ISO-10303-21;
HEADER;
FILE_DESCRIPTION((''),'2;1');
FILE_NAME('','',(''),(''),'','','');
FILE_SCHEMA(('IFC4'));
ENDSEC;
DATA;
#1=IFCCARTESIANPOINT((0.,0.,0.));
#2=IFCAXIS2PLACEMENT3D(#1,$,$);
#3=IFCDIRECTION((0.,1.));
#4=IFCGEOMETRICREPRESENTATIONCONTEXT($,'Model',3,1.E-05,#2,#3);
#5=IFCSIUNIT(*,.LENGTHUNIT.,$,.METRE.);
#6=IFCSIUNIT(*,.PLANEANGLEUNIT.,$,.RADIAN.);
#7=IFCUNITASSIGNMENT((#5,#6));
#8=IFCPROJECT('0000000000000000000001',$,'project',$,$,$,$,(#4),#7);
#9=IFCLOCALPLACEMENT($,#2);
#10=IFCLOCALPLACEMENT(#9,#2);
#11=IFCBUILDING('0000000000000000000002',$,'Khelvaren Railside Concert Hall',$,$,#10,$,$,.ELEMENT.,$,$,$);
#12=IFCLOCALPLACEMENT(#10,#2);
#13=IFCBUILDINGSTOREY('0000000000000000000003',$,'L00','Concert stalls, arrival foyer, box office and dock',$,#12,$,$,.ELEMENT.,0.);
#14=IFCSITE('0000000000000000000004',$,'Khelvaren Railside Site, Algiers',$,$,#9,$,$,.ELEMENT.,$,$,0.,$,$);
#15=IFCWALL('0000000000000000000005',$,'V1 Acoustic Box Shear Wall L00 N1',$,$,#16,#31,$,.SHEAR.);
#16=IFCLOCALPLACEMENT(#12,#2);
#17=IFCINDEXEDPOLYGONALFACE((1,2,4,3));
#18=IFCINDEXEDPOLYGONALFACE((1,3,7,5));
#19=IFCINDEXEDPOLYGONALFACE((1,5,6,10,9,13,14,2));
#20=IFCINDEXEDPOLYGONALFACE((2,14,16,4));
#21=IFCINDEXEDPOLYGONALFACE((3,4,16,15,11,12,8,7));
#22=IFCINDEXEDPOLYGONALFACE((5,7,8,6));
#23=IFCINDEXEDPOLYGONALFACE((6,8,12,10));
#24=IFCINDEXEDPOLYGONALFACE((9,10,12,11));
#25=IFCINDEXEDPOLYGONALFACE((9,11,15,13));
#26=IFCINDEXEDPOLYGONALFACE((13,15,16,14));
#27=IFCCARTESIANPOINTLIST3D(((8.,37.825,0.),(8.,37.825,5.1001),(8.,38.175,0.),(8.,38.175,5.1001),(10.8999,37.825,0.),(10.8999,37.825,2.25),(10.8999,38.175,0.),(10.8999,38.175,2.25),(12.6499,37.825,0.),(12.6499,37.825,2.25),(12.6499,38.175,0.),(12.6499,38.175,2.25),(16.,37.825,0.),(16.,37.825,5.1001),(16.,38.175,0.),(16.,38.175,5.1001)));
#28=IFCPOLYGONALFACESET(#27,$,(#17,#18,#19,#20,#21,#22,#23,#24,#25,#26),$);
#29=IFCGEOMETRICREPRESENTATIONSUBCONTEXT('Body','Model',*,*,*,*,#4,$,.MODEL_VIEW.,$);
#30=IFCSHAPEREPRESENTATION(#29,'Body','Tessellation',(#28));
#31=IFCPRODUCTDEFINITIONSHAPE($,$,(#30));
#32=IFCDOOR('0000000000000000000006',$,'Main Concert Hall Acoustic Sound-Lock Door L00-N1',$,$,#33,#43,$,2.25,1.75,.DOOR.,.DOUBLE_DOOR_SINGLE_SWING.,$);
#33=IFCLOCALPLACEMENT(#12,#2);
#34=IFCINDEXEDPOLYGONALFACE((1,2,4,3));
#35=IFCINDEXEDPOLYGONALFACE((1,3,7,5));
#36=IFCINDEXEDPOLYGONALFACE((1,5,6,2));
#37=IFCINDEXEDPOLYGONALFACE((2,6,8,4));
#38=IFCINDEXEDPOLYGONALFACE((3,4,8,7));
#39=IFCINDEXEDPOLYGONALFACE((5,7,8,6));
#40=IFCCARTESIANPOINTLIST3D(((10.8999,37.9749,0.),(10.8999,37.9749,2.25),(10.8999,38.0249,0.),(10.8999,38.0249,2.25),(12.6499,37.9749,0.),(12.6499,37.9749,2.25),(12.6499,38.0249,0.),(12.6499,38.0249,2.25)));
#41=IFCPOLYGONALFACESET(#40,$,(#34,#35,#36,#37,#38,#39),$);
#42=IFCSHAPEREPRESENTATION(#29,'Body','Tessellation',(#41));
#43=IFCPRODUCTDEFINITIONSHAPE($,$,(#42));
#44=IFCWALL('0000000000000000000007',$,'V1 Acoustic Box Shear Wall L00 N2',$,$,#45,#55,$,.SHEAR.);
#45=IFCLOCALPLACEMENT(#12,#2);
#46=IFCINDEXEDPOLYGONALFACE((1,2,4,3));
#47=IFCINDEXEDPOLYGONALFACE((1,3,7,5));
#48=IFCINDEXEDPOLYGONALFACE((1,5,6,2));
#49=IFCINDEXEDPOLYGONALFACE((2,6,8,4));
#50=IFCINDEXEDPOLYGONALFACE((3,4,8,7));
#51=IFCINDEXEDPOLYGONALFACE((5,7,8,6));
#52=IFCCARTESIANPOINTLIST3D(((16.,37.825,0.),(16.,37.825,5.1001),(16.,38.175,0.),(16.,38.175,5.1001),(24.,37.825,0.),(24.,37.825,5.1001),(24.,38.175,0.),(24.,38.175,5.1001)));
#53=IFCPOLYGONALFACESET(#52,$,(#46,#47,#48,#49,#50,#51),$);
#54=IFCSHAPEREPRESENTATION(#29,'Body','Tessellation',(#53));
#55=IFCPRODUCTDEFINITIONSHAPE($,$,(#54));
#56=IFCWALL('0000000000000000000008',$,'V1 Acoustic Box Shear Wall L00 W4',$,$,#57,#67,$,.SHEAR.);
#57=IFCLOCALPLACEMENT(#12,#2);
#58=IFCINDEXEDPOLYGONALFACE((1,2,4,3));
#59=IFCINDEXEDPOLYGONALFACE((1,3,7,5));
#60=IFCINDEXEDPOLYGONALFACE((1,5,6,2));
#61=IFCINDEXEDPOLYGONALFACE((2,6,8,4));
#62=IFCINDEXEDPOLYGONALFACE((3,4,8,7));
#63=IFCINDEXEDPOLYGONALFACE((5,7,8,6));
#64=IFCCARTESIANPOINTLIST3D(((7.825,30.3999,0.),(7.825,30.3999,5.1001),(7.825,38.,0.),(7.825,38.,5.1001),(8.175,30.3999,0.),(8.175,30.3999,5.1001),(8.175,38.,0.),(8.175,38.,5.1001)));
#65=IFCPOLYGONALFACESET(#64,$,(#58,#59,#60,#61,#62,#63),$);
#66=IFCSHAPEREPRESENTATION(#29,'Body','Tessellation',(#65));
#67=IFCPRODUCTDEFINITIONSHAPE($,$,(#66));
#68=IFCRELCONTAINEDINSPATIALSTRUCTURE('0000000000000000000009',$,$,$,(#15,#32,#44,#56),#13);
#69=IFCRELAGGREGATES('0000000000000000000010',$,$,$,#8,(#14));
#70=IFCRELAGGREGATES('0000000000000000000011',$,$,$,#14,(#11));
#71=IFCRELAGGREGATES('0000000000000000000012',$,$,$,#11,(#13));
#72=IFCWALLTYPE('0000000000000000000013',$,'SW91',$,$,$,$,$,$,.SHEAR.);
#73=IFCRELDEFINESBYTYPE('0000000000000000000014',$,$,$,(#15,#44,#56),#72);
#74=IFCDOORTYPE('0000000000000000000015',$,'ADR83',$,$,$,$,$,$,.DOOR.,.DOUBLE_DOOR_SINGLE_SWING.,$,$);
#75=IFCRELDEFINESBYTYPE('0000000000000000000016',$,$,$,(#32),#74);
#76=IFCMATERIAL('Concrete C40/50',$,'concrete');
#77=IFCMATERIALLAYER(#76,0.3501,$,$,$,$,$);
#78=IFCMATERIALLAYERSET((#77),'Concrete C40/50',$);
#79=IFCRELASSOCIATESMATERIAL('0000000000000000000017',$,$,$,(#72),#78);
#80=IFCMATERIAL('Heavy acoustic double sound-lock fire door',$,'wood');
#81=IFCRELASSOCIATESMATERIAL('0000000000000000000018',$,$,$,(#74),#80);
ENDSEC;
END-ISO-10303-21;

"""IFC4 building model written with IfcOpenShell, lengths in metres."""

from ifc_helpers import new_model, si_unit, direction, frame, frame_2d, origin, place, context, subcontext, project, spatial, rectangle, extrude, material, layer, layer_set, type_object, element, fill, save


model = new_model("IFC4")

# Units and contexts
model_context = context("Model", 3, precision=1e-05, world=origin(), true_north=direction((0.0, 1.0)))
body_context = subcontext(model_context, "Body", "Model", "MODEL_VIEW")
ifc_project = project(units=[si_unit("LENGTHUNIT", "METRE"), si_unit("PLANEANGLEUNIT", "RADIAN")], contexts=[model_context])

# Site, building, storey
site_placement = place(None, origin())
site = spatial("IfcSite", under=ifc_project, at=site_placement, Name="Khelvaren Railside Site, Algiers", CompositionType="ELEMENT", RefElevation=0.0)
building_placement = place(site_placement, origin())
building = spatial("IfcBuilding", under=site, at=building_placement, Name="Khelvaren Railside Concert Hall", CompositionType="ELEMENT")
storey_placement = place(building_placement, origin())
storey = spatial("IfcBuildingStorey", under=building, at=storey_placement, Name="L00", Description="Concert stalls, arrival foyer, box office and dock", CompositionType="ELEMENT", Elevation=0.0)

# Shared definitions
ifc_material_1 = material(Name="Concrete C40/50", Category="concrete")

# Wall, opening, door
ifc_layer_1 = layer(ifc_material_1, 0.3501)
ifc_layer_set_1 = layer_set([ifc_layer_1], Name="Concrete C40/50")
wall_type = type_object("IfcWallType", Name="SW91", PredefinedType="SHEAR", material=ifc_layer_set_1)
wall_1_placement = place(storey_placement, frame((8.0, 38.0, 0.0), z_axis=(0.0, 0.0, 1.0), x_axis=(1.0, 0.0, 0.0)))
wall_1 = element("IfcWall", 1, at=wall_1_placement, inside=storey, type_object=wall_type, Name="V1 Acoustic Box Shear Wall L00 N1", PredefinedType="SHEAR", context=body_context, shape_type="SweptSolid", body=[
    extrude(rectangle(XDim=8.0, YDim=0.3501, at=frame_2d((4.0, 0.0))), origin(), (0.0, 0.0, 1.0), 5.1001),
])
opening_placement = place(wall_1_placement, frame((2.8999, 0.0, 0.0)))
opening = element("IfcOpeningElement", 2, at=opening_placement, cuts=wall_1, PredefinedType="OPENING", context=body_context, shape_type="SweptSolid", body=[
    extrude(rectangle(XDim=1.75, YDim=2.25, at=frame_2d((0.875, 1.125))), frame((0.0, 0.1851, 0.0), z_axis=(0.0, -1.0, 0.0), x_axis=(1.0, 0.0, 0.0)), (0.0, 0.0, 1.0), 0.3701),
])
ifc_material_2 = material(Name="Heavy acoustic double sound-lock fire door", Category="wood")
door_type = type_object("IfcDoorType", Name="ADR83", OperationType="DOUBLE_DOOR_SINGLE_SWING", PredefinedType="DOOR", material=ifc_material_2)
door_placement = place(opening_placement, origin())
door = element("IfcDoor", 3, at=door_placement, inside=storey, type_object=door_type, Name="Main Concert Hall Acoustic Sound-Lock Door L00-N1", OperationType="DOUBLE_DOOR_SINGLE_SWING", OverallHeight=2.25, OverallWidth=1.75, PredefinedType="DOOR", context=body_context, shape_type="SweptSolid", body=[
    extrude(rectangle(XDim=1.75, YDim=2.25, at=frame_2d((0.875, 1.125))), frame((0.0, 0.0249, 0.0), z_axis=(0.0, -1.0, 0.0), x_axis=(1.0, 0.0, 0.0)), (0.0, 0.0, 1.0), 0.05),
])
fill(opening, door)

# Walls
wall_2_placement = place(storey_placement, frame((16.0, 38.0, 0.0), z_axis=(0.0, 0.0, 1.0), x_axis=(1.0, 0.0, 0.0)))
element("IfcWall", 4, at=wall_2_placement, inside=storey, type_object=wall_type, Name="V1 Acoustic Box Shear Wall L00 N2", PredefinedType="SHEAR", context=body_context, shape_type="SweptSolid", body=[
    extrude(rectangle(XDim=8.0, YDim=0.3501, at=frame_2d((4.0, 0.0))), origin(), (0.0, 0.0, 1.0), 5.1001),
])
wall_3_placement = place(storey_placement, frame((8.0, 30.3999, 0.0), z_axis=(0.0, 0.0, 1.0), x_axis=(0.0, 1.0, 0.0)))
element("IfcWall", 5, at=wall_3_placement, inside=storey, type_object=wall_type, Name="V1 Acoustic Box Shear Wall L00 W4", PredefinedType="SHEAR", context=body_context, shape_type="SweptSolid", body=[
    extrude(rectangle(XDim=7.6001, YDim=0.3501, at=frame_2d((3.8, 0.0))), origin(), (0.0, 0.0, 1.0), 5.1001),
])

save(model, "model.ifc")
